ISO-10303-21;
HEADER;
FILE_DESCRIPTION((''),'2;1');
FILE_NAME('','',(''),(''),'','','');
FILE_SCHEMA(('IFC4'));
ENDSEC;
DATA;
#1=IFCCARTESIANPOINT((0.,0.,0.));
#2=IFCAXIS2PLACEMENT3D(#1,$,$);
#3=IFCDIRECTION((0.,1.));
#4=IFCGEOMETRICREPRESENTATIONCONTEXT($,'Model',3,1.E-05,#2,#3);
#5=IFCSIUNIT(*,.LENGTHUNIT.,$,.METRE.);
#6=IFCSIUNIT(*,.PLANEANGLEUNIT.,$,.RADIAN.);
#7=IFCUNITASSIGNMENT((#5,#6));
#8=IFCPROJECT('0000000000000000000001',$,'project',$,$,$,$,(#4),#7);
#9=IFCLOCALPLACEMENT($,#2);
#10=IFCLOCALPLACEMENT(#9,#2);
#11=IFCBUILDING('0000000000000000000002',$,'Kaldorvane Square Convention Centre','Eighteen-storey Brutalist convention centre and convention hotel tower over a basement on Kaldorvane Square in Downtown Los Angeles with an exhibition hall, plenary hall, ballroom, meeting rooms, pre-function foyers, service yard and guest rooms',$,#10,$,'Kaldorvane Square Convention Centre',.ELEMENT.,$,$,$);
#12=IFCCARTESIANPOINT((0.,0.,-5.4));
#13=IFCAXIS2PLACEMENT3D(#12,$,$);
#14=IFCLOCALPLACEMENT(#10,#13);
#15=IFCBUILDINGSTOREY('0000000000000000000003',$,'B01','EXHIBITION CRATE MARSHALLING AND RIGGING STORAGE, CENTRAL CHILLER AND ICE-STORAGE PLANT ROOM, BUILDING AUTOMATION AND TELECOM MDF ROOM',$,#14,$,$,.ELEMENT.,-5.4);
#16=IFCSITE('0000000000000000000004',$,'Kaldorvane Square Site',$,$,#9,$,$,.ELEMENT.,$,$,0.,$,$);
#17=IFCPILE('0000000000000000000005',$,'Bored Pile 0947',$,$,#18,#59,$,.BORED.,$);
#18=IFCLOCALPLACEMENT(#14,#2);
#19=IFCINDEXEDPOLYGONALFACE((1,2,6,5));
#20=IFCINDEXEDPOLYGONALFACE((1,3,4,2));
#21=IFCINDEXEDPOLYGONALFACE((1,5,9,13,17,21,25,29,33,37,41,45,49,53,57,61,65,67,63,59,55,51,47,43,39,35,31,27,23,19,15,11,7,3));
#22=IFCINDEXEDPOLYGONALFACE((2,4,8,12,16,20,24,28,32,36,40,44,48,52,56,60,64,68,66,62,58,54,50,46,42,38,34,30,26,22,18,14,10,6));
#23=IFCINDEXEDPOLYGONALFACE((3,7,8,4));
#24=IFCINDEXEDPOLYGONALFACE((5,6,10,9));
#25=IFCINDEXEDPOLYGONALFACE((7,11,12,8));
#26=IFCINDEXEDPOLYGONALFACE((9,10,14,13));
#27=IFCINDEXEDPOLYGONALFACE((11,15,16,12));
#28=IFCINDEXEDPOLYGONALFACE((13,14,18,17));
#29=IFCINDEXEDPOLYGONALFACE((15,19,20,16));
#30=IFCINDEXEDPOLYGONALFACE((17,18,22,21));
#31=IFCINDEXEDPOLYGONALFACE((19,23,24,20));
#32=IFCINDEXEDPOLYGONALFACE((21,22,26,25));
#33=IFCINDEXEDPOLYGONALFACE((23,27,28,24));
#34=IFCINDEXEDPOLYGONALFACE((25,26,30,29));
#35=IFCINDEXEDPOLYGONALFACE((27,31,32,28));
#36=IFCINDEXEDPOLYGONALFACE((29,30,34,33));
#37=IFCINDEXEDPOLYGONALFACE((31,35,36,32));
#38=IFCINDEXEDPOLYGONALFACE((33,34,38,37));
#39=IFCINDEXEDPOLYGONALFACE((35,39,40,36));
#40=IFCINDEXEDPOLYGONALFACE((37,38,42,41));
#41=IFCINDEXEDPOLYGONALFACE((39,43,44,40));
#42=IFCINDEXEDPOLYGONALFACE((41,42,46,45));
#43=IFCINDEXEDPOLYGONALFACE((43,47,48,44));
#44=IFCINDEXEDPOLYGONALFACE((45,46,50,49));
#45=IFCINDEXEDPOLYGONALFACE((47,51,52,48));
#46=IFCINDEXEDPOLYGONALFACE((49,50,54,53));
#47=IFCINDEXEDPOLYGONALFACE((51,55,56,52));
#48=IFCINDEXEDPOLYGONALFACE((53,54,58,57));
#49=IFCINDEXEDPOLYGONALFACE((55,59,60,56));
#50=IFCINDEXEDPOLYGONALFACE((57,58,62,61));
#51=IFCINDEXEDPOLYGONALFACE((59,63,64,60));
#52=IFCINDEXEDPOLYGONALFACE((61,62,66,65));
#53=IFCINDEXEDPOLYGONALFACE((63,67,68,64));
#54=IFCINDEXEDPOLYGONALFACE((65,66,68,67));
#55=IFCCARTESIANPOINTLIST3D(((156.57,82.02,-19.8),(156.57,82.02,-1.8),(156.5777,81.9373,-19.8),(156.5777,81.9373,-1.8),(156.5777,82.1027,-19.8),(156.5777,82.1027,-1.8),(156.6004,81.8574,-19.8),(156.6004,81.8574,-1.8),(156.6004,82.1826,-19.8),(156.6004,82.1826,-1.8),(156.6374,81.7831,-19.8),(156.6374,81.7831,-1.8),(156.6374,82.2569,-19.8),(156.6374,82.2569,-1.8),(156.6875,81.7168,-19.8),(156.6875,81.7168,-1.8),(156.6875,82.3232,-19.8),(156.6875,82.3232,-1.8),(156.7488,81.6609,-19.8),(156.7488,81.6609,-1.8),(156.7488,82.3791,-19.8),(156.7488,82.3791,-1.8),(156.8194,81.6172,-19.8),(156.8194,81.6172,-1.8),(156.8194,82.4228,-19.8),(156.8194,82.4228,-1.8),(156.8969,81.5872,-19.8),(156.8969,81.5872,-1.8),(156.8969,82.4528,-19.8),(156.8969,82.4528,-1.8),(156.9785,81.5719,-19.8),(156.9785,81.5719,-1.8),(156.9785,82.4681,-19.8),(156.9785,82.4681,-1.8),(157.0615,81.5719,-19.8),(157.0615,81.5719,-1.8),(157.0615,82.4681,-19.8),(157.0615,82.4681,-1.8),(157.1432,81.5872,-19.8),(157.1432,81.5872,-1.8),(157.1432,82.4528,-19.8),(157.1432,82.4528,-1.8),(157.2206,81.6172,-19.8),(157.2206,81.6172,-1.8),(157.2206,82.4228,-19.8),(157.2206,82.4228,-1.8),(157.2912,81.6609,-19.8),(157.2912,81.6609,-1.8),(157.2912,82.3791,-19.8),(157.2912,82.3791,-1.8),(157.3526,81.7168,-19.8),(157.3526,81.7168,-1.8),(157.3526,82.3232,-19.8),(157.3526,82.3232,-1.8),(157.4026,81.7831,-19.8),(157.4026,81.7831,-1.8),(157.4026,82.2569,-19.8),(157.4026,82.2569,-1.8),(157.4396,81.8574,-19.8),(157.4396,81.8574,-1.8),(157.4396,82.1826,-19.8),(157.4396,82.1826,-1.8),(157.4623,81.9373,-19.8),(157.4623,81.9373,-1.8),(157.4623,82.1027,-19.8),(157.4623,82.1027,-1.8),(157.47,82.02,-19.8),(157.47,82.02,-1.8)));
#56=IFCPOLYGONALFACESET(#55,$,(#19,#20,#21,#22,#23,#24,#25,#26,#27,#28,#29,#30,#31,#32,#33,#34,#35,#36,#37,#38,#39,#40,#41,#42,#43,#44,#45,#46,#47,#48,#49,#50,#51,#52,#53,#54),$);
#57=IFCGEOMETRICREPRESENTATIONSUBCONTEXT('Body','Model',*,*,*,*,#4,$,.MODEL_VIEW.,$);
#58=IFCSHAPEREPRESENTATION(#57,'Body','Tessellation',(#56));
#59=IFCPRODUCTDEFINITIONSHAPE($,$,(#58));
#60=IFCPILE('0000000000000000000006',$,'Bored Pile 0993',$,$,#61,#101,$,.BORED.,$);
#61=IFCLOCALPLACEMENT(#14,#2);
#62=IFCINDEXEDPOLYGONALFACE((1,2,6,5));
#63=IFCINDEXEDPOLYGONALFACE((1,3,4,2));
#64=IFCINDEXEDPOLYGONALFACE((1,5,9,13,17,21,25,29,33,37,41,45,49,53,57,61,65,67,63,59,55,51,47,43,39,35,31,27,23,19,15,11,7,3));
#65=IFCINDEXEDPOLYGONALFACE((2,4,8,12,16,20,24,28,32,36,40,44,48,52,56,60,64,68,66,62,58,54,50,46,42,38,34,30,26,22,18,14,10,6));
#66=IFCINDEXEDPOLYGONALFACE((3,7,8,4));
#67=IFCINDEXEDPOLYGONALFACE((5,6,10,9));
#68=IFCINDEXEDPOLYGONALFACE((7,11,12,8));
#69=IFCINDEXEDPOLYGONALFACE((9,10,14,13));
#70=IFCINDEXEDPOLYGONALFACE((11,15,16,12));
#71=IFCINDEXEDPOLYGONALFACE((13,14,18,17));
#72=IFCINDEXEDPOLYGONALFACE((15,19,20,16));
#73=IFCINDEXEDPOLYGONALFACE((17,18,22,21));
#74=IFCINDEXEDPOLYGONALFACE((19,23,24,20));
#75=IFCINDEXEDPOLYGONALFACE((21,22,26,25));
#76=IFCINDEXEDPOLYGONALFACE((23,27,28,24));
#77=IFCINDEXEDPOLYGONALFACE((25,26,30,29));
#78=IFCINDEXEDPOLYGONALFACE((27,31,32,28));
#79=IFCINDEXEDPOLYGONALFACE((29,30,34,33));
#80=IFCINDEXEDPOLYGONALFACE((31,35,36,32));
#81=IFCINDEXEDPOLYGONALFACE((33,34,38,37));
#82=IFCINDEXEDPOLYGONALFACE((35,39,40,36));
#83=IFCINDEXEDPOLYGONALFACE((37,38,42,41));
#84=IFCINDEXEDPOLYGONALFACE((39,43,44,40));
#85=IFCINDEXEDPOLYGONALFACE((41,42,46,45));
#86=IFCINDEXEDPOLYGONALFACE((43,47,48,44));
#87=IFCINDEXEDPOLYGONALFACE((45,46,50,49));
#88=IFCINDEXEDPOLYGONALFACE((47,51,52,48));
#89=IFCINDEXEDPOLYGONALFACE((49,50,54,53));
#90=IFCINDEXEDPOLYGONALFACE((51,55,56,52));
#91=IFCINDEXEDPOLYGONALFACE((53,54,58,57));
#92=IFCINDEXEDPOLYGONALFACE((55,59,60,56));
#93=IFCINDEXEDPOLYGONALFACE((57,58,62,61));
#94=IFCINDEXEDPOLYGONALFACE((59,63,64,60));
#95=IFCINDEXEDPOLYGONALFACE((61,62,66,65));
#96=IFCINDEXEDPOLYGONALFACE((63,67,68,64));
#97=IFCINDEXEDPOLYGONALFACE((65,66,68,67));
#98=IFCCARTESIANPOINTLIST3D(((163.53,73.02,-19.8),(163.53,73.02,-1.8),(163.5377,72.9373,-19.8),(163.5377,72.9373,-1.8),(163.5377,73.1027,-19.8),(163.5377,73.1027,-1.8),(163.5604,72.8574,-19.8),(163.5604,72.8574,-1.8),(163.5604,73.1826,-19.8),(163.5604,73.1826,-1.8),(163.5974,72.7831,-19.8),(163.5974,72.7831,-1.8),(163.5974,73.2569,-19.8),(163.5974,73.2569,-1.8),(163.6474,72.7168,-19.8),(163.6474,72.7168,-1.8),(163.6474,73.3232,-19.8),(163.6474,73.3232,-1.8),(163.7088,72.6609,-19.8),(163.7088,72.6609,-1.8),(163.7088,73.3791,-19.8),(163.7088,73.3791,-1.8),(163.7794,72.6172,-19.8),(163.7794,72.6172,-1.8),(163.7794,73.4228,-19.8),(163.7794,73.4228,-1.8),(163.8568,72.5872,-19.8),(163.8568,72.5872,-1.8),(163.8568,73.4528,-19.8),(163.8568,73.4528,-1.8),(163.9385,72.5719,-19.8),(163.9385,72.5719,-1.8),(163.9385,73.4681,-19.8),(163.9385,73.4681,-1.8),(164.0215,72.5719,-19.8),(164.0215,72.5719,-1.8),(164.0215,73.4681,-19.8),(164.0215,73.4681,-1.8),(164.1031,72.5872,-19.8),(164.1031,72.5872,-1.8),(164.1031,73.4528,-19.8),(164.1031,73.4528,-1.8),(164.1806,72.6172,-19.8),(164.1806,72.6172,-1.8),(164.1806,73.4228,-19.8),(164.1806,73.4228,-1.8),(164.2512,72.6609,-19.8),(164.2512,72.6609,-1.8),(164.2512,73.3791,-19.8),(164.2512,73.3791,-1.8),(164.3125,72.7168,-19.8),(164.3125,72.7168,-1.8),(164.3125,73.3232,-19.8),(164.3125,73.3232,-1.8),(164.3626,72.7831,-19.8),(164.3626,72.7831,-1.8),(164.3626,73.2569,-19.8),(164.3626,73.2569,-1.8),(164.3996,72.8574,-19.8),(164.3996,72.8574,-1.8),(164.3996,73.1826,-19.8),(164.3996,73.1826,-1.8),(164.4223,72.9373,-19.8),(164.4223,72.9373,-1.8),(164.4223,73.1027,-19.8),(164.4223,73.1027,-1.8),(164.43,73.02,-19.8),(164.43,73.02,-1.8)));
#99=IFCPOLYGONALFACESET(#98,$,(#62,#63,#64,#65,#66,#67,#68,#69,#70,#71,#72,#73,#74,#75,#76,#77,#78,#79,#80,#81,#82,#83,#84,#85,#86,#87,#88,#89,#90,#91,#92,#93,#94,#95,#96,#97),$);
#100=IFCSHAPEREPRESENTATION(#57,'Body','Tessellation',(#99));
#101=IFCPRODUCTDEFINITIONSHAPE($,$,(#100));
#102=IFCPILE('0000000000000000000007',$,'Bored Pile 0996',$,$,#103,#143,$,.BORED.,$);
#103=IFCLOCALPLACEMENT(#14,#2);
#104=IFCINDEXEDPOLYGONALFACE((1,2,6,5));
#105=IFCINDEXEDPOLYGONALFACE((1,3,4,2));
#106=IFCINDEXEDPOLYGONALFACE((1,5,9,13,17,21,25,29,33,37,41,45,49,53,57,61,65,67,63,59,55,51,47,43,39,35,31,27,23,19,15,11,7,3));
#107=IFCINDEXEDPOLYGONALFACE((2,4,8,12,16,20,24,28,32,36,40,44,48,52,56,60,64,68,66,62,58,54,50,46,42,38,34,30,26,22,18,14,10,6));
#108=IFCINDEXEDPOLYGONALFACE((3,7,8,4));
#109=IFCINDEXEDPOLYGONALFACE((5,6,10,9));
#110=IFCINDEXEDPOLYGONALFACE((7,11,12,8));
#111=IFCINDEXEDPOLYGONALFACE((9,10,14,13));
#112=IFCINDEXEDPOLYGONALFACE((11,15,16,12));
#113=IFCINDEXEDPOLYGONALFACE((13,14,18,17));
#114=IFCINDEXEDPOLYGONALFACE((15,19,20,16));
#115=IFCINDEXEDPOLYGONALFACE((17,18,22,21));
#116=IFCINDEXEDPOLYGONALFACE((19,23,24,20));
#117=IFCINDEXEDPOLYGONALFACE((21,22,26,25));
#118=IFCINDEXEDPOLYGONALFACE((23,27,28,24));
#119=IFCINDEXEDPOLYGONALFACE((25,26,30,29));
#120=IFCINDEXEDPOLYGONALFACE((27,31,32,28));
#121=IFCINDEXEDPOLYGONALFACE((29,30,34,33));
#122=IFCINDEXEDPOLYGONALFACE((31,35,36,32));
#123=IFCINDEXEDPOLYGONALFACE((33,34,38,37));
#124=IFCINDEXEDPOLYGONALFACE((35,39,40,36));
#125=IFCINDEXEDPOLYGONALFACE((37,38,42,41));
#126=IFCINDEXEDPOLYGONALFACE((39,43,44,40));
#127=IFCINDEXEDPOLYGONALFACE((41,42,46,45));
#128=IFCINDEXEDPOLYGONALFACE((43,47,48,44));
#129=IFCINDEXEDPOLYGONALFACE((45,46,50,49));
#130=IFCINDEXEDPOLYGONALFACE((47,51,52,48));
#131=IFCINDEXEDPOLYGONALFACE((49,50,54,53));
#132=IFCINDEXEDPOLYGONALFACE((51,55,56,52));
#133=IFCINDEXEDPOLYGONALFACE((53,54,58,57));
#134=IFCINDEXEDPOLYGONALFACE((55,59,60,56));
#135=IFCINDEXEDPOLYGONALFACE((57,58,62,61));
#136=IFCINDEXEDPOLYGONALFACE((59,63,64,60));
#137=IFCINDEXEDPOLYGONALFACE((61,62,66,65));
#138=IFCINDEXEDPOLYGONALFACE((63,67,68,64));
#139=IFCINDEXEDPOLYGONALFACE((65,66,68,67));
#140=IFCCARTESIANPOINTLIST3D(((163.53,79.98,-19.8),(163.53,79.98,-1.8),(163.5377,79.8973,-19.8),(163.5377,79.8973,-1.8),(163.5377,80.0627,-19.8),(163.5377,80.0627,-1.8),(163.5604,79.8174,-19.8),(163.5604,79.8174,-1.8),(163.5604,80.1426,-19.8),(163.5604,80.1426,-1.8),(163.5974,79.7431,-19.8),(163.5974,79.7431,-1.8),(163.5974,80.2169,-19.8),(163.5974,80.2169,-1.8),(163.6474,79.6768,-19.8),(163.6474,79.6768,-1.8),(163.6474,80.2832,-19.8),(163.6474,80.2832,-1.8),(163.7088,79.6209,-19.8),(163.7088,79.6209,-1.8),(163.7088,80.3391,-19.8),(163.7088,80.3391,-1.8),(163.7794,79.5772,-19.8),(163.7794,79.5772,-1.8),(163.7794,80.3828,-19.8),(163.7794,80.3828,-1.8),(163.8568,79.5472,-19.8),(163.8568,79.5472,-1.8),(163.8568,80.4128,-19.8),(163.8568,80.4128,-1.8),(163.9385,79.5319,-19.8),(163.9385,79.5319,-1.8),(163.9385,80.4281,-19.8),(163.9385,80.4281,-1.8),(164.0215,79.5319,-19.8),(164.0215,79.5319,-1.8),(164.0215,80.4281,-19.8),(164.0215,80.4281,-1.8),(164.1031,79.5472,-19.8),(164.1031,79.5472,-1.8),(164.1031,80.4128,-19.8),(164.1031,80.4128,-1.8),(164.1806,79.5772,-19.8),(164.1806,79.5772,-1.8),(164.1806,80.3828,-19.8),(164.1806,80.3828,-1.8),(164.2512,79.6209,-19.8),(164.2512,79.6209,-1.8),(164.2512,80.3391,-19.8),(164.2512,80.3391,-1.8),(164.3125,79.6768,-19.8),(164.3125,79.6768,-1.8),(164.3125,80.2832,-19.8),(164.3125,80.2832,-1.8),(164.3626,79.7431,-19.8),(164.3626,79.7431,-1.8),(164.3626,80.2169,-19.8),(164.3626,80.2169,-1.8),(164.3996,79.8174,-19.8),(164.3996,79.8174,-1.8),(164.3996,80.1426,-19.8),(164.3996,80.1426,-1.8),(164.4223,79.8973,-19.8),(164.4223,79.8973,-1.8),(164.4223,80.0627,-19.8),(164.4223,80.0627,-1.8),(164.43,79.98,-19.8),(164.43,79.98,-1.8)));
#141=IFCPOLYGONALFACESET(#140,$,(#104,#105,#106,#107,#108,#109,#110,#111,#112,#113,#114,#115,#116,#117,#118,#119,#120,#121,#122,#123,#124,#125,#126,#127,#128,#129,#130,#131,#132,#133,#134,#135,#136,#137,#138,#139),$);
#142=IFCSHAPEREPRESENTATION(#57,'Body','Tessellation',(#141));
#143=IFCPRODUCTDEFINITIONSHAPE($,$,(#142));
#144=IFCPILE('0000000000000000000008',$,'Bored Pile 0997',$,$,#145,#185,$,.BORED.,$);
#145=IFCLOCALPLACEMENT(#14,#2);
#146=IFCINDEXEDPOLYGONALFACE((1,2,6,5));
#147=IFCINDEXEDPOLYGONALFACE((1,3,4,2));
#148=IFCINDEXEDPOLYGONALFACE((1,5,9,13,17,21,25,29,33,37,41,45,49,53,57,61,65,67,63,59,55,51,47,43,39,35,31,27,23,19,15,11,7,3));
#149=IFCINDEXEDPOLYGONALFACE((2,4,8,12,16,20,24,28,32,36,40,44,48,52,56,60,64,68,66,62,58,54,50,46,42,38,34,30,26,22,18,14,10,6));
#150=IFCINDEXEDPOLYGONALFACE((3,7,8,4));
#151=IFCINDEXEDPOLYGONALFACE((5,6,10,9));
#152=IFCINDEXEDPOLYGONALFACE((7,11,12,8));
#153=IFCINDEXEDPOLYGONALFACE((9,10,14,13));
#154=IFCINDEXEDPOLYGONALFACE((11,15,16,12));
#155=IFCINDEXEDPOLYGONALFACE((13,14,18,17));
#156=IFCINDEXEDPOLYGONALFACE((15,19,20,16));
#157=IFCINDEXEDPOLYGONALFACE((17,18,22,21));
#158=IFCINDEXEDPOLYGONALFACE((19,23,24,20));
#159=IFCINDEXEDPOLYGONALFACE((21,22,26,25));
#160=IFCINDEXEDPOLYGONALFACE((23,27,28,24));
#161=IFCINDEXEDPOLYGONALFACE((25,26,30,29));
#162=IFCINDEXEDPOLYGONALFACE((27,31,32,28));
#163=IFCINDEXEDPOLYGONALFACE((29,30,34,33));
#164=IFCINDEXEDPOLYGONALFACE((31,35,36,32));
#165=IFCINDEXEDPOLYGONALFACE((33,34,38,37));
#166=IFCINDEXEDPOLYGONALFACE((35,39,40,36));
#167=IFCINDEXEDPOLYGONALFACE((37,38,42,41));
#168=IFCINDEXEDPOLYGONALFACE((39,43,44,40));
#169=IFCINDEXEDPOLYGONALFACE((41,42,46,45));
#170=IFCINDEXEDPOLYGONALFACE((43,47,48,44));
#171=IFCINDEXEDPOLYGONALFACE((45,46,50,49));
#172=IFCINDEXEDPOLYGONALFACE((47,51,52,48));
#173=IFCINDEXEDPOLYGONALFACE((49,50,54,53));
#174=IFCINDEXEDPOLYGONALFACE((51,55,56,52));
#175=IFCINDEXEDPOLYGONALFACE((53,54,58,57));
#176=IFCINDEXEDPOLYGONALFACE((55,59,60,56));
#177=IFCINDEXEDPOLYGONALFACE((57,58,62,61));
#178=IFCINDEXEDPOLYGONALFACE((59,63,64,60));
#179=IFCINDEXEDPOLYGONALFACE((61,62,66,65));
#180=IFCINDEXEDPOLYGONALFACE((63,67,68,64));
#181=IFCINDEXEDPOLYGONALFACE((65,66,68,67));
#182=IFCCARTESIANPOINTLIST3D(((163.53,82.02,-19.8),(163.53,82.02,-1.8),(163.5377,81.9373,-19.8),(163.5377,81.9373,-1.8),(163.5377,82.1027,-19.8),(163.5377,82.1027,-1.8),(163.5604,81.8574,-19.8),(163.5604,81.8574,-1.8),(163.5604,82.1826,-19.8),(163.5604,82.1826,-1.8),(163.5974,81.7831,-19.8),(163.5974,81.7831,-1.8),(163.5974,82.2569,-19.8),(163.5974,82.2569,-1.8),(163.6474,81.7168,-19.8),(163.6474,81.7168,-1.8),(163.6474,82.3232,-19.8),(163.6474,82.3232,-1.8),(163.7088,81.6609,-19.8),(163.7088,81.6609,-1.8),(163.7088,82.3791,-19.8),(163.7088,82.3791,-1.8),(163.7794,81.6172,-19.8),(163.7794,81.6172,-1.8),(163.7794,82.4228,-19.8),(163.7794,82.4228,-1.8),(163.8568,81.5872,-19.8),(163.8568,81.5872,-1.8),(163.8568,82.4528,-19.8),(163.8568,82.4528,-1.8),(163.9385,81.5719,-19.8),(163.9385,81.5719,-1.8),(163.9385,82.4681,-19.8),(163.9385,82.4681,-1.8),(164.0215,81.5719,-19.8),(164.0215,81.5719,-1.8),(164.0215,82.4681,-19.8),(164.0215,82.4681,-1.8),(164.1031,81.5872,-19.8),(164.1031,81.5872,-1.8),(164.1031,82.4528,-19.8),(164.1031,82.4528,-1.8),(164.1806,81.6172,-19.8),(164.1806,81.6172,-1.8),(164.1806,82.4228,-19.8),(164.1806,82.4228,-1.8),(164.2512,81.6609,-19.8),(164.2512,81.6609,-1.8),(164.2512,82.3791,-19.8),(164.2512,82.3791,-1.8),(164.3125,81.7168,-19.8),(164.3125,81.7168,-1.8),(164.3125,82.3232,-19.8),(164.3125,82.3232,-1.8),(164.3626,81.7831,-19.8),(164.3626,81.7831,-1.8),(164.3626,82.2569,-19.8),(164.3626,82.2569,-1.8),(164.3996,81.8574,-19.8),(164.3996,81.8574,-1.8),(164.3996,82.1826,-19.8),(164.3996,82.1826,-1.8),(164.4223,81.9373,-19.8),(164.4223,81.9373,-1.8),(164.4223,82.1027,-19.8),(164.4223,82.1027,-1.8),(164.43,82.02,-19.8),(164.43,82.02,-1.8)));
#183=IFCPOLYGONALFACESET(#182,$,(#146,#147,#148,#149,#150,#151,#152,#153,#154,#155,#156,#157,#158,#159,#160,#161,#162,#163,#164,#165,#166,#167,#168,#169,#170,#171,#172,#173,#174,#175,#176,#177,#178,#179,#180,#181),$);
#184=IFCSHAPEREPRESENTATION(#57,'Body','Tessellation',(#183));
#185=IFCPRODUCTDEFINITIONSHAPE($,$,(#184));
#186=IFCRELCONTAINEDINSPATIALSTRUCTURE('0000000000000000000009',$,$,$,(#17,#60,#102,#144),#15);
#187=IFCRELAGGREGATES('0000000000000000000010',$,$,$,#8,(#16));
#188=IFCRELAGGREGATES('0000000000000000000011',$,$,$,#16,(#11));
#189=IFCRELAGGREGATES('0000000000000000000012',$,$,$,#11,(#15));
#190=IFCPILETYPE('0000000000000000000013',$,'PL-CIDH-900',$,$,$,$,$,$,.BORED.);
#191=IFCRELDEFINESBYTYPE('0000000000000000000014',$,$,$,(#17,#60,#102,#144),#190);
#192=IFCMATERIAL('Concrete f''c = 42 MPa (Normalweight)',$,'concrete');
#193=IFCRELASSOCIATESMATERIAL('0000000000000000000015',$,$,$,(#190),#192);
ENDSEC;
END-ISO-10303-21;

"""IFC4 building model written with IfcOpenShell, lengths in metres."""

from ifc_helpers import new_model, si_unit, direction, frame, origin, origin_2d, place, context, subcontext, project, spatial, circle, extrude, material, material_profile, profile_set, type_object, element, save


model = new_model("IFC4")

# Units and contexts
model_context = context("Model", 3, precision=1e-05, world=origin(), true_north=direction((0.0, 1.0)))
body_context = subcontext(model_context, "Body", "Model", "MODEL_VIEW")
ifc_project = project(units=[si_unit("LENGTHUNIT", "METRE"), si_unit("PLANEANGLEUNIT", "RADIAN")], contexts=[model_context])

# Site, building, storey
site_placement = place(None, origin())
site = spatial("IfcSite", under=ifc_project, at=site_placement, Name="Kaldorvane Square Site", CompositionType="ELEMENT", RefElevation=0.0)
building_placement = place(site_placement, origin())
building = spatial("IfcBuilding", under=site, at=building_placement, Name="Kaldorvane Square Convention Centre", Description="Eighteen-storey Brutalist convention centre and convention hotel tower over a basement on Kaldorvane Square in Downtown Los Angeles with an exhibition hall, plenary hall, ballroom, meeting rooms, pre-function foyers, service yard and guest rooms", LongName="Kaldorvane Square Convention Centre", CompositionType="ELEMENT")
storey_placement = place(building_placement, frame((0.0, 0.0, -5.4)))
storey = spatial("IfcBuildingStorey", under=building, at=storey_placement, Name="B01", Description="EXHIBITION CRATE MARSHALLING AND RIGGING STORAGE, CENTRAL CHILLER AND ICE-STORAGE PLANT ROOM, BUILDING AUTOMATION AND TELECOM MDF ROOM", CompositionType="ELEMENT", Elevation=-5.4)

# Shared definitions
ifc_material_1 = material(Name="Concrete f'c = 42 MPa (Normalweight)", Category="concrete")

# Piles
ifc_material_profile_1 = material_profile(ifc_material_1, circle(Radius=0.45, at=origin_2d()), Name="PILE-D900")
ifc_profile_set_1 = profile_set([ifc_material_profile_1], Name="Concrete f'c = 42 MPa (Normalweight)")
pile_type = type_object("IfcPileType", Name="PL-CIDH-900", PredefinedType="BORED", material=ifc_profile_set_1)
for number, where, z_axis, x_axis, name in (
    (1, (157.02, 82.02, -1.8), (0.0, 0.0, -1.0), (1.0, 0.0, 0.0), "Bored Pile 0947"),
    (2, (163.98, 73.02, -1.8), (0.0, 0.0, -1.0), (1.0, 0.0, 0.0), "Bored Pile 0993"),
    (3, (163.98, 79.98, -1.8), (0.0, 0.0, -1.0), (1.0, 0.0, 0.0), "Bored Pile 0996"),
    (4, (163.98, 82.02, -1.8), (0.0, 0.0, -1.0), (1.0, 0.0, 0.0), "Bored Pile 0997"),
):
    element("IfcPile", number, at=place(storey_placement, frame(where, z_axis=z_axis, x_axis=x_axis)), inside=storey, type_object=pile_type, Name=name, PredefinedType="BORED", context=body_context, shape_type="SweptSolid", body=[
        extrude(circle(Radius=0.45, at=origin_2d()), origin(), (0.0, 0.0, 1.0), 18.0),
    ])

save(model, "model.ifc")
